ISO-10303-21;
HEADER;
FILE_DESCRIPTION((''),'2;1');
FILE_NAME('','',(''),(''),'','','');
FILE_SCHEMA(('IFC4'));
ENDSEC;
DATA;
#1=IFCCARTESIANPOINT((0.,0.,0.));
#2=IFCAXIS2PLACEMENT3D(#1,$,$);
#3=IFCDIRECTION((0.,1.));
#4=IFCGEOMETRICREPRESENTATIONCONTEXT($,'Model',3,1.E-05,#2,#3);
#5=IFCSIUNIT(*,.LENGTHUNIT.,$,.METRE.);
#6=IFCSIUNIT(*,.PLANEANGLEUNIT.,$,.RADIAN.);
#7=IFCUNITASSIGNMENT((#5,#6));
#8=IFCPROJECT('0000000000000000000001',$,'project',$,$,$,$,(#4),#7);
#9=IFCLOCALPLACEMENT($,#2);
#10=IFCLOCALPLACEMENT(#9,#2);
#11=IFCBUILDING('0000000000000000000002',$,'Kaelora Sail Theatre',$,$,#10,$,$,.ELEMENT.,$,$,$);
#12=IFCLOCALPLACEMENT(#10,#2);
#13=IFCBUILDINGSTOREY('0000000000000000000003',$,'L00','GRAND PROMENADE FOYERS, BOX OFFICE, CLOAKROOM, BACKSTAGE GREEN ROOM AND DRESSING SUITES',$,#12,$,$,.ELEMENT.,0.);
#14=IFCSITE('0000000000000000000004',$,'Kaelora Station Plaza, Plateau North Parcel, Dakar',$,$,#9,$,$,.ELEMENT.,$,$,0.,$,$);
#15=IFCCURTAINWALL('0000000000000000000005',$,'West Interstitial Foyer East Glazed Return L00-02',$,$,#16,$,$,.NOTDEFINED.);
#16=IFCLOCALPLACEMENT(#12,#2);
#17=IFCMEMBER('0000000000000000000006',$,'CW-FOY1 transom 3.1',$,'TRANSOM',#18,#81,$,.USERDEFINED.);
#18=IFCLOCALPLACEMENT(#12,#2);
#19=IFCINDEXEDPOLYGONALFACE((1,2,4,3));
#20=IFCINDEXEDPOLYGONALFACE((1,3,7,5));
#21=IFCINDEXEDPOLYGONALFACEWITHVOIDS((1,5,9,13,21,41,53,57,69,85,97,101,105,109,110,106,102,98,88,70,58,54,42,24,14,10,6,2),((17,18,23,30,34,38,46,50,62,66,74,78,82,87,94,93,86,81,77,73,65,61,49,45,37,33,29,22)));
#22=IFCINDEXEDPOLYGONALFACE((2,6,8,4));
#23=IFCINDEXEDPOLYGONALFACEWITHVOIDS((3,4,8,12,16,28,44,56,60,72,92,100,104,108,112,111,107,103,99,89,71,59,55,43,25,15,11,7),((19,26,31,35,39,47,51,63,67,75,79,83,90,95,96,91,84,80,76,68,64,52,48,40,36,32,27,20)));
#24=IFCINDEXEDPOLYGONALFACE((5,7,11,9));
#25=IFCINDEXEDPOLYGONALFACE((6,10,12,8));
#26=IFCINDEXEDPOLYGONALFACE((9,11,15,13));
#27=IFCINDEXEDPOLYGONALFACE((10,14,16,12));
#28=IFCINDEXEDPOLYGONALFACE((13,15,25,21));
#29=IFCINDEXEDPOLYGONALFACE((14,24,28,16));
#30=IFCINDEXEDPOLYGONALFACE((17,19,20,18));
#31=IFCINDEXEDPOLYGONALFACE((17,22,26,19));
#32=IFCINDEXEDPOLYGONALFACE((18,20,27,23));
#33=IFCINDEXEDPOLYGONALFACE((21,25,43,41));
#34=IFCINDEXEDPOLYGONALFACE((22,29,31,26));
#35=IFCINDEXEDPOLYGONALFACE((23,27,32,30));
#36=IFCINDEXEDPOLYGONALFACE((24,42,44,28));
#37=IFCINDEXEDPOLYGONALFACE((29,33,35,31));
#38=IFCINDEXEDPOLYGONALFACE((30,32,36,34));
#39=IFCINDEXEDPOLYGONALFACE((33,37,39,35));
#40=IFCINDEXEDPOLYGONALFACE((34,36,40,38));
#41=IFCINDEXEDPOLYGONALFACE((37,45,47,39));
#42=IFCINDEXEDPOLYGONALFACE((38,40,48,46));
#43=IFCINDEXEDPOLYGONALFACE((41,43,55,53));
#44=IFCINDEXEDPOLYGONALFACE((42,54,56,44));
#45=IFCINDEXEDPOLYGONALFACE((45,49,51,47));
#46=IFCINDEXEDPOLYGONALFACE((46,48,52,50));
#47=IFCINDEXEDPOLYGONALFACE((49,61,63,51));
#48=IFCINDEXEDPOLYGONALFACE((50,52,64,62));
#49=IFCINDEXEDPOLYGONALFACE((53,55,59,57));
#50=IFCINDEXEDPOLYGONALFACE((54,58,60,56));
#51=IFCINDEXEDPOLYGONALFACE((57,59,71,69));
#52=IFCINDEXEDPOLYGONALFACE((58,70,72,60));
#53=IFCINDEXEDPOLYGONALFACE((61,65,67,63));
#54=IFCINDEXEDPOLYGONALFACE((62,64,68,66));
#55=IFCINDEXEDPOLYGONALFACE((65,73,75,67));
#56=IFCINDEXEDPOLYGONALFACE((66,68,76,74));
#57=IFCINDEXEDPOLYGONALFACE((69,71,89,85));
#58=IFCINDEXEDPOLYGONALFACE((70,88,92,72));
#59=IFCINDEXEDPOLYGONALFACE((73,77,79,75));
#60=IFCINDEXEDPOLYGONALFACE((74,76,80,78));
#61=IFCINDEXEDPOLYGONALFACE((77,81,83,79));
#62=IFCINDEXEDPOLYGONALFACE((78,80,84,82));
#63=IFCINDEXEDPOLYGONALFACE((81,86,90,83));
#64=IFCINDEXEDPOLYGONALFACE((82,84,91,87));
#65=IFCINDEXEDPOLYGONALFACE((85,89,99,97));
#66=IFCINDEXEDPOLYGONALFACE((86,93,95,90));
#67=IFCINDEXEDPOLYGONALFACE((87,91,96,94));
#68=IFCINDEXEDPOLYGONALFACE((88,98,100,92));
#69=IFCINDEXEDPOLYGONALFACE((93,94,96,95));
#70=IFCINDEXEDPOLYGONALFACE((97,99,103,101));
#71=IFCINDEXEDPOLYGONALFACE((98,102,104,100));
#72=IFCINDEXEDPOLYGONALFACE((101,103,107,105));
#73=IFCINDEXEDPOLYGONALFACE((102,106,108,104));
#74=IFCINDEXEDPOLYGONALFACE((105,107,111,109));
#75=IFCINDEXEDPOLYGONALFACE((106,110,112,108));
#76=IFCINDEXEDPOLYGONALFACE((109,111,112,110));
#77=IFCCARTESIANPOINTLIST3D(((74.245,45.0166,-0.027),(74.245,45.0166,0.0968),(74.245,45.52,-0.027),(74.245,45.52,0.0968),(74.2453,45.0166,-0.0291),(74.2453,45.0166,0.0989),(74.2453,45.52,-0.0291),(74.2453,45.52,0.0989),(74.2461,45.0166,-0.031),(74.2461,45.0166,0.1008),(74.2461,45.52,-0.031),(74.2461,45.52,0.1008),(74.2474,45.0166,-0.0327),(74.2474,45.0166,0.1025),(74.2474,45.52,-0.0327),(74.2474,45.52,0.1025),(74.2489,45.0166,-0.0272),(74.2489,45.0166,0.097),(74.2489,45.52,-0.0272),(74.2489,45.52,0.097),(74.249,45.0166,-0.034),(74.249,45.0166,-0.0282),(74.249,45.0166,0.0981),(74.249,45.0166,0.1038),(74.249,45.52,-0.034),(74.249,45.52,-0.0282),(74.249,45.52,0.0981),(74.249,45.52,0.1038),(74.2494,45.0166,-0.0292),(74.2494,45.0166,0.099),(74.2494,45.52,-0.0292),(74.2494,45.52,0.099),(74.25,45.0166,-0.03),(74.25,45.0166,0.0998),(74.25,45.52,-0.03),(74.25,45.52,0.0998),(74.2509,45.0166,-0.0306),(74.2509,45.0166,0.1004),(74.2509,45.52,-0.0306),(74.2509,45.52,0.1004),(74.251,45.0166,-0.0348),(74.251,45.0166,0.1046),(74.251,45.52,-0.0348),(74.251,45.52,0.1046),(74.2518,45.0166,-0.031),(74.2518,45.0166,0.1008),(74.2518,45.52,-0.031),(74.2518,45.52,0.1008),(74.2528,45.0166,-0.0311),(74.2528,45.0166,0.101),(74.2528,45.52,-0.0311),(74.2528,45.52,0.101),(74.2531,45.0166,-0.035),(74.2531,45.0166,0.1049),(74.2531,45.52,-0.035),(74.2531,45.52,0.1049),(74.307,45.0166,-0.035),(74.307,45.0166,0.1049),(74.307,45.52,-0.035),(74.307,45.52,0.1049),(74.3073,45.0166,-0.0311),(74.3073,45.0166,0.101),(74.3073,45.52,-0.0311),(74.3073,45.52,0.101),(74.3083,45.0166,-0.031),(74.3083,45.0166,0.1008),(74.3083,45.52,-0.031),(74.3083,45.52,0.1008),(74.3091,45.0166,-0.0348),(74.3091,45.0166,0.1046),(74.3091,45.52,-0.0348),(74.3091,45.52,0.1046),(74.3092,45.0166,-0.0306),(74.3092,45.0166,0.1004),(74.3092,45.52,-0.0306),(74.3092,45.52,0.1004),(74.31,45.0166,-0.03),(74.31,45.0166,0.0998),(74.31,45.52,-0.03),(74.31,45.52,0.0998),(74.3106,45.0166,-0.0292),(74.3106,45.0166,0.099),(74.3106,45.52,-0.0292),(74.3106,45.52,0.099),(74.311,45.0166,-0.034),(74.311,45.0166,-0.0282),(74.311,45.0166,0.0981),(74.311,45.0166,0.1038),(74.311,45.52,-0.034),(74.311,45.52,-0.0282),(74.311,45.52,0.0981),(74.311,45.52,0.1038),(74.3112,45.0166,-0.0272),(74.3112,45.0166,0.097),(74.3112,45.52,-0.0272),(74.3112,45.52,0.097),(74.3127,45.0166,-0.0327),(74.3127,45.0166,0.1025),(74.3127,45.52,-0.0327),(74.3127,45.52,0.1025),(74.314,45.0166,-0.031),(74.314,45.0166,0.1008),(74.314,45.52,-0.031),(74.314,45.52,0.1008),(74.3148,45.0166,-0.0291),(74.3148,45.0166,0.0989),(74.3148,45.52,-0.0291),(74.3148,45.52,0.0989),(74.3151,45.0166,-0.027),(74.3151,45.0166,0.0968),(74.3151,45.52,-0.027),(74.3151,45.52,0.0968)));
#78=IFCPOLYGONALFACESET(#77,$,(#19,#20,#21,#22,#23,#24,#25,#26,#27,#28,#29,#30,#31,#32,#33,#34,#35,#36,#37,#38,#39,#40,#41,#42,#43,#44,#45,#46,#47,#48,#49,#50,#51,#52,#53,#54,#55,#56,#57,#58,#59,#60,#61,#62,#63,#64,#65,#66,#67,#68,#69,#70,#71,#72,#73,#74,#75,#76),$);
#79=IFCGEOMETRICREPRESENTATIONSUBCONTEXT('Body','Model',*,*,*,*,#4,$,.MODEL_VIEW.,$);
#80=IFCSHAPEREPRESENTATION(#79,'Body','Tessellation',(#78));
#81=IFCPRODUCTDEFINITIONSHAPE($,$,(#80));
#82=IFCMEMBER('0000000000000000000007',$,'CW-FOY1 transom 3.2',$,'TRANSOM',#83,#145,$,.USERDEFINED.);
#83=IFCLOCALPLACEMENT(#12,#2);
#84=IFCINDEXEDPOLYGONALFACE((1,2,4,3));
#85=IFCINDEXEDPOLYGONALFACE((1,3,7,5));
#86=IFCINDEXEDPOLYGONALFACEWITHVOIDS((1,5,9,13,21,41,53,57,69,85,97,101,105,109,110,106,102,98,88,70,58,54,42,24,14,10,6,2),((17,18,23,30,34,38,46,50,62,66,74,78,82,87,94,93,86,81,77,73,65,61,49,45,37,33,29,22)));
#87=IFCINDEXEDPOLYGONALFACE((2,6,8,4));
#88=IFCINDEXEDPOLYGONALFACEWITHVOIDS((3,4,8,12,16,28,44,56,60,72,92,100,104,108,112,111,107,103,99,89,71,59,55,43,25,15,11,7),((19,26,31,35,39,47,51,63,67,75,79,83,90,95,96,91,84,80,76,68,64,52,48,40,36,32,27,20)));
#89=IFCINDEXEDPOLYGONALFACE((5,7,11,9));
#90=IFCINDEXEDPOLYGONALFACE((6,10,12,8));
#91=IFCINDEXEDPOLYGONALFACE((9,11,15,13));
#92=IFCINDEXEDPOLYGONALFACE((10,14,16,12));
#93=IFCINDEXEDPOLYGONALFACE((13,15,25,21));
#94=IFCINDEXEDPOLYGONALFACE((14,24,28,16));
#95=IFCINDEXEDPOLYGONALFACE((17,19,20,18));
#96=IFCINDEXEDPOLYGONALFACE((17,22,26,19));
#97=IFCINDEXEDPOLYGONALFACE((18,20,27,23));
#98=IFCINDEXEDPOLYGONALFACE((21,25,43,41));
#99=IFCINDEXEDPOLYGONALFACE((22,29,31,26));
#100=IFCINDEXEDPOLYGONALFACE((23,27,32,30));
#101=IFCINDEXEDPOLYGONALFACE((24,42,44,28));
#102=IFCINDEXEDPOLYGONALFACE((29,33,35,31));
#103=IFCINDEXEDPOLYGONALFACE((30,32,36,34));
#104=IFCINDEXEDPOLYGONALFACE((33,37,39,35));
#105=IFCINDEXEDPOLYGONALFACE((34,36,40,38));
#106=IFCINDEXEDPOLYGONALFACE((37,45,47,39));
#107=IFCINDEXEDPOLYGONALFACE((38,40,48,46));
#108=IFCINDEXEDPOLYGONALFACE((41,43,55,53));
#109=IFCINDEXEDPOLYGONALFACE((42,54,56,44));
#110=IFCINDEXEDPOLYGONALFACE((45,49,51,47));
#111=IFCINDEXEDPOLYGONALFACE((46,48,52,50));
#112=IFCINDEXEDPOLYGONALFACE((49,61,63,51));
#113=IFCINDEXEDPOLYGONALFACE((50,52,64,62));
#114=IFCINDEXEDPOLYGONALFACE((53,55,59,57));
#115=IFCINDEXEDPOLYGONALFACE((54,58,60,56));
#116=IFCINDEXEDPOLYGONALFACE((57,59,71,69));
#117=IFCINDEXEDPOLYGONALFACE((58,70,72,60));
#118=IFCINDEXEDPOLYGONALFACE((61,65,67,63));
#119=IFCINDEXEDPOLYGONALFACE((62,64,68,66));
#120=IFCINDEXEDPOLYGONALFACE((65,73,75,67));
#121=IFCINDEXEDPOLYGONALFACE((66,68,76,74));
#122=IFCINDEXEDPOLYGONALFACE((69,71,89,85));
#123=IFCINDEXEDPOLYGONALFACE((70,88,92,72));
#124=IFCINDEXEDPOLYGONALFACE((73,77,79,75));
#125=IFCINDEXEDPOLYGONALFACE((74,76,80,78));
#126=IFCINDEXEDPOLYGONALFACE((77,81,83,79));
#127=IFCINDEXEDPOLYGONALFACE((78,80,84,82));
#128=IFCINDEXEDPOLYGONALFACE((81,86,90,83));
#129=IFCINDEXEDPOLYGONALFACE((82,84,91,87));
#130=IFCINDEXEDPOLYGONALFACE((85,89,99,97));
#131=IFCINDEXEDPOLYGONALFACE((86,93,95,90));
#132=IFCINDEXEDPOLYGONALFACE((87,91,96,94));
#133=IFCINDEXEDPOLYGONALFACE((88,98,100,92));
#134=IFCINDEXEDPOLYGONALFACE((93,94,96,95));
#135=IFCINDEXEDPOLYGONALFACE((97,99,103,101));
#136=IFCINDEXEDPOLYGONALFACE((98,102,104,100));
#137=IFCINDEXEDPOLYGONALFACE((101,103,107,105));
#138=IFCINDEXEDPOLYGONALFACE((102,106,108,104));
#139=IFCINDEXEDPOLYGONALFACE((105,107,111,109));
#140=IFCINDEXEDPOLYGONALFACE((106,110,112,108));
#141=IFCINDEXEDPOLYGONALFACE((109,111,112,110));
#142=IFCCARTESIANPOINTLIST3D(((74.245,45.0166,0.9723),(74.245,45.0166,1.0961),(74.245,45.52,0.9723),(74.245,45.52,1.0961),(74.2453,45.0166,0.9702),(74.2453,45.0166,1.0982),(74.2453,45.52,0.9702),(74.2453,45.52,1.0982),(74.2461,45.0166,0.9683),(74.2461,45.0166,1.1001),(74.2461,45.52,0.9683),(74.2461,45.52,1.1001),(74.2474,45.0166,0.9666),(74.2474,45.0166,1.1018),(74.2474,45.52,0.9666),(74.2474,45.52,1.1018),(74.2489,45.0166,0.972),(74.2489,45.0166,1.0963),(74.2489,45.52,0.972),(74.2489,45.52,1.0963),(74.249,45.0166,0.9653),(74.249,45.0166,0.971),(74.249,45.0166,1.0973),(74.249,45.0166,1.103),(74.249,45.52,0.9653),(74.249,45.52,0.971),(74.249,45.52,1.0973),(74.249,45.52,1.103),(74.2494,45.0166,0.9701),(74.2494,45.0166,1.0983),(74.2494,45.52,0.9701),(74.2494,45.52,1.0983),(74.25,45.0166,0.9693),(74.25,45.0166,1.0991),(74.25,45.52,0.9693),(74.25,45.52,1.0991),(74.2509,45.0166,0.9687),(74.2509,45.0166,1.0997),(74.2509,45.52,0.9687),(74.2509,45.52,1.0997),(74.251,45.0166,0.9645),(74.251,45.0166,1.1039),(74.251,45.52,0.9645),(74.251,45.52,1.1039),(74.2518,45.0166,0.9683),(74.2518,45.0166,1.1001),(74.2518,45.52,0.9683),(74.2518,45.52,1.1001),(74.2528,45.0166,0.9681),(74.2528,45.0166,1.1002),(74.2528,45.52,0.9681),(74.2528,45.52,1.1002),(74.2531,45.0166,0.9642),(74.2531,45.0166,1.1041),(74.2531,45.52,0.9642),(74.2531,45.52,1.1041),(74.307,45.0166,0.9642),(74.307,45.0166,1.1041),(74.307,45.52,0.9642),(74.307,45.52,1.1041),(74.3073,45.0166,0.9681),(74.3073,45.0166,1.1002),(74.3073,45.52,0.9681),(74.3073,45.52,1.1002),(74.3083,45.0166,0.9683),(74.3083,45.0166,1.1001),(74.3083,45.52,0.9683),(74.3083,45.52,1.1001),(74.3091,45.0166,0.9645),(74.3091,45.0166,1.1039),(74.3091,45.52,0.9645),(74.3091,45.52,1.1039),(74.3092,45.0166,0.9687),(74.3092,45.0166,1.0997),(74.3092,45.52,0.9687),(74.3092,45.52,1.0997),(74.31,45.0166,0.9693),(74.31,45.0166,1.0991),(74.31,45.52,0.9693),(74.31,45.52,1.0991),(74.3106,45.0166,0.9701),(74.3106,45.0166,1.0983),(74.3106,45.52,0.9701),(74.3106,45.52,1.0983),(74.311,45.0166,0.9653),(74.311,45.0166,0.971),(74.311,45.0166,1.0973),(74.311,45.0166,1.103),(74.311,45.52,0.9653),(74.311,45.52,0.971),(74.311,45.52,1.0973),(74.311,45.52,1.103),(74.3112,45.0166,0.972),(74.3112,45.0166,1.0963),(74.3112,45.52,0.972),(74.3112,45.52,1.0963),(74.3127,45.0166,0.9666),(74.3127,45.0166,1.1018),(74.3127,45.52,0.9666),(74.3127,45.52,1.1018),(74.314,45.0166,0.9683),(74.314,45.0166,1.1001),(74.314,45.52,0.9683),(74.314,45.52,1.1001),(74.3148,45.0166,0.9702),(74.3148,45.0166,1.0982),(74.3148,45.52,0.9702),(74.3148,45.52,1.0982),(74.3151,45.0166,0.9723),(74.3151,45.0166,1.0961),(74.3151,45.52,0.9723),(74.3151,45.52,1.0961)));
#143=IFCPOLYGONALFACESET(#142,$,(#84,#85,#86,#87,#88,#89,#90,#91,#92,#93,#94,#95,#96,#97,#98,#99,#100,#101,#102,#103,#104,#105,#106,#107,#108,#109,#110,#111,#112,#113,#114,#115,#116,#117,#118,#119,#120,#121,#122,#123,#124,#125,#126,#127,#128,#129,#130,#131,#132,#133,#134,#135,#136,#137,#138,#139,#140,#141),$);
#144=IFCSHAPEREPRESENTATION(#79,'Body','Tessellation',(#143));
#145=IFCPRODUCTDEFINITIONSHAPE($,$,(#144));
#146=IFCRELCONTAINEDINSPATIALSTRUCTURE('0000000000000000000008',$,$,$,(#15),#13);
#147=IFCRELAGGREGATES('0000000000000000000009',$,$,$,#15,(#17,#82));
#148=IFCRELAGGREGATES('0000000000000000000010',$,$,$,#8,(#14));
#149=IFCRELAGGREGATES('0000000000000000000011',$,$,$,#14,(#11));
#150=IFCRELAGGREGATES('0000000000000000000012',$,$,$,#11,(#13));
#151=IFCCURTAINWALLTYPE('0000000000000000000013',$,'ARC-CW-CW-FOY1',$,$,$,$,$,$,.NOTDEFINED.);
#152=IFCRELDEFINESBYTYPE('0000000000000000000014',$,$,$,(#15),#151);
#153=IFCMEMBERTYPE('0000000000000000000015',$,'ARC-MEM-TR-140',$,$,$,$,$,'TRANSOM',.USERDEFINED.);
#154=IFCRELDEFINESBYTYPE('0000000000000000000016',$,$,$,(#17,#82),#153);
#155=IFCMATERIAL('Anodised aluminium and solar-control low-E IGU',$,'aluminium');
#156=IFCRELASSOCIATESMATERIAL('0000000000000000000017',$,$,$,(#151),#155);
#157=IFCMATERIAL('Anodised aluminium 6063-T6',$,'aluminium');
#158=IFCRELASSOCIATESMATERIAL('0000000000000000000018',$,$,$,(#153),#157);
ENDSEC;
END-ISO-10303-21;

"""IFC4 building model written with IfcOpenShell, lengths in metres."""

from ifc_helpers import new_model, si_unit, direction, frame, origin, origin_2d, place, context, subcontext, project, spatial, hollow_rectangle, extrude, material, material_profile, profile_set, type_object, element, aggregate, save


model = new_model("IFC4")

# Units and contexts
model_context = context("Model", 3, precision=1e-05, world=origin(), true_north=direction((0.0, 1.0)))
body_context = subcontext(model_context, "Body", "Model", "MODEL_VIEW")
ifc_project = project(units=[si_unit("LENGTHUNIT", "METRE"), si_unit("PLANEANGLEUNIT", "RADIAN")], contexts=[model_context])

# Site, building, storey
site_placement = place(None, origin())
site = spatial("IfcSite", under=ifc_project, at=site_placement, Name="Kaelora Station Plaza, Plateau North Parcel, Dakar", CompositionType="ELEMENT", RefElevation=0.0)
building_placement = place(site_placement, origin())
building = spatial("IfcBuilding", under=site, at=building_placement, Name="Kaelora Sail Theatre", CompositionType="ELEMENT")
storey_placement = place(building_placement, origin())
storey = spatial("IfcBuildingStorey", under=building, at=storey_placement, Name="L00", Description="GRAND PROMENADE FOYERS, BOX OFFICE, CLOAKROOM, BACKSTAGE GREEN ROOM AND DRESSING SUITES", CompositionType="ELEMENT", Elevation=0.0)

# Curtain wall
ifc_material_1 = material(Name="Anodised aluminium and solar-control low-E IGU", Category="aluminium")
curtain_wall_type = type_object("IfcCurtainWallType", Name="ARC-CW-CW-FOY1", PredefinedType="NOTDEFINED", material=ifc_material_1)
curtain_wall_1_placement = place(storey_placement, origin())
curtain_wall_1 = element("IfcCurtainWall", 1, at=curtain_wall_1_placement, inside=storey, type_object=curtain_wall_type, Name="West Interstitial Foyer East Glazed Return L00-02", PredefinedType="NOTDEFINED")

# Members
ifc_material_2 = material(Name="Anodised aluminium 6063-T6", Category="aluminium")
ifc_material_profile_1 = material_profile(ifc_material_2, hollow_rectangle(XDim=0.0701, YDim=0.1399, WallThickness=0.0039, InnerFilletRadius=0.0039, OuterFilletRadius=0.0081, at=origin_2d()), Name="ALU-TRAN 70x140x4")
ifc_profile_set_1 = profile_set([ifc_material_profile_1], Name="Anodised aluminium 6063-T6")
member_type_1 = type_object("IfcMemberType", Name="ARC-MEM-TR-140", ElementType="TRANSOM", PredefinedType="USERDEFINED", material=ifc_profile_set_1)
member_1_placement = place(storey_placement, frame((74.28, 45.0166, 0.0349), z_axis=(0.0, 1.0, 0.0), x_axis=(-1.0, 0.0, 0.0)))
member_1 = element("IfcMember", 2, at=member_1_placement, type_object=member_type_1, Name="CW-FOY1 transom 3.1", ObjectType="TRANSOM", PredefinedType="USERDEFINED", context=body_context, shape_type="SweptSolid", body=[
    extrude(hollow_rectangle(XDim=0.0701, YDim=0.1399, WallThickness=0.0039, InnerFilletRadius=0.0039, OuterFilletRadius=0.0081, at=origin_2d()), origin(), (0.0, 0.0, 1.0), 0.5034),
])
member_2_placement = place(storey_placement, frame((74.28, 45.0166, 1.0342), z_axis=(0.0, 1.0, 0.0), x_axis=(-1.0, 0.0, 0.0)))
member_2 = element("IfcMember", 3, at=member_2_placement, type_object=member_type_1, Name="CW-FOY1 transom 3.2", ObjectType="TRANSOM", PredefinedType="USERDEFINED", context=body_context, shape_type="SweptSolid", body=[
    extrude(hollow_rectangle(XDim=0.0701, YDim=0.1399, WallThickness=0.0039, InnerFilletRadius=0.0039, OuterFilletRadius=0.0081, at=origin_2d()), origin(), (0.0, 0.0, 1.0), 0.5034),
])

aggregate(curtain_wall_1, [member_1, member_2])

save(model, "model.ifc")
